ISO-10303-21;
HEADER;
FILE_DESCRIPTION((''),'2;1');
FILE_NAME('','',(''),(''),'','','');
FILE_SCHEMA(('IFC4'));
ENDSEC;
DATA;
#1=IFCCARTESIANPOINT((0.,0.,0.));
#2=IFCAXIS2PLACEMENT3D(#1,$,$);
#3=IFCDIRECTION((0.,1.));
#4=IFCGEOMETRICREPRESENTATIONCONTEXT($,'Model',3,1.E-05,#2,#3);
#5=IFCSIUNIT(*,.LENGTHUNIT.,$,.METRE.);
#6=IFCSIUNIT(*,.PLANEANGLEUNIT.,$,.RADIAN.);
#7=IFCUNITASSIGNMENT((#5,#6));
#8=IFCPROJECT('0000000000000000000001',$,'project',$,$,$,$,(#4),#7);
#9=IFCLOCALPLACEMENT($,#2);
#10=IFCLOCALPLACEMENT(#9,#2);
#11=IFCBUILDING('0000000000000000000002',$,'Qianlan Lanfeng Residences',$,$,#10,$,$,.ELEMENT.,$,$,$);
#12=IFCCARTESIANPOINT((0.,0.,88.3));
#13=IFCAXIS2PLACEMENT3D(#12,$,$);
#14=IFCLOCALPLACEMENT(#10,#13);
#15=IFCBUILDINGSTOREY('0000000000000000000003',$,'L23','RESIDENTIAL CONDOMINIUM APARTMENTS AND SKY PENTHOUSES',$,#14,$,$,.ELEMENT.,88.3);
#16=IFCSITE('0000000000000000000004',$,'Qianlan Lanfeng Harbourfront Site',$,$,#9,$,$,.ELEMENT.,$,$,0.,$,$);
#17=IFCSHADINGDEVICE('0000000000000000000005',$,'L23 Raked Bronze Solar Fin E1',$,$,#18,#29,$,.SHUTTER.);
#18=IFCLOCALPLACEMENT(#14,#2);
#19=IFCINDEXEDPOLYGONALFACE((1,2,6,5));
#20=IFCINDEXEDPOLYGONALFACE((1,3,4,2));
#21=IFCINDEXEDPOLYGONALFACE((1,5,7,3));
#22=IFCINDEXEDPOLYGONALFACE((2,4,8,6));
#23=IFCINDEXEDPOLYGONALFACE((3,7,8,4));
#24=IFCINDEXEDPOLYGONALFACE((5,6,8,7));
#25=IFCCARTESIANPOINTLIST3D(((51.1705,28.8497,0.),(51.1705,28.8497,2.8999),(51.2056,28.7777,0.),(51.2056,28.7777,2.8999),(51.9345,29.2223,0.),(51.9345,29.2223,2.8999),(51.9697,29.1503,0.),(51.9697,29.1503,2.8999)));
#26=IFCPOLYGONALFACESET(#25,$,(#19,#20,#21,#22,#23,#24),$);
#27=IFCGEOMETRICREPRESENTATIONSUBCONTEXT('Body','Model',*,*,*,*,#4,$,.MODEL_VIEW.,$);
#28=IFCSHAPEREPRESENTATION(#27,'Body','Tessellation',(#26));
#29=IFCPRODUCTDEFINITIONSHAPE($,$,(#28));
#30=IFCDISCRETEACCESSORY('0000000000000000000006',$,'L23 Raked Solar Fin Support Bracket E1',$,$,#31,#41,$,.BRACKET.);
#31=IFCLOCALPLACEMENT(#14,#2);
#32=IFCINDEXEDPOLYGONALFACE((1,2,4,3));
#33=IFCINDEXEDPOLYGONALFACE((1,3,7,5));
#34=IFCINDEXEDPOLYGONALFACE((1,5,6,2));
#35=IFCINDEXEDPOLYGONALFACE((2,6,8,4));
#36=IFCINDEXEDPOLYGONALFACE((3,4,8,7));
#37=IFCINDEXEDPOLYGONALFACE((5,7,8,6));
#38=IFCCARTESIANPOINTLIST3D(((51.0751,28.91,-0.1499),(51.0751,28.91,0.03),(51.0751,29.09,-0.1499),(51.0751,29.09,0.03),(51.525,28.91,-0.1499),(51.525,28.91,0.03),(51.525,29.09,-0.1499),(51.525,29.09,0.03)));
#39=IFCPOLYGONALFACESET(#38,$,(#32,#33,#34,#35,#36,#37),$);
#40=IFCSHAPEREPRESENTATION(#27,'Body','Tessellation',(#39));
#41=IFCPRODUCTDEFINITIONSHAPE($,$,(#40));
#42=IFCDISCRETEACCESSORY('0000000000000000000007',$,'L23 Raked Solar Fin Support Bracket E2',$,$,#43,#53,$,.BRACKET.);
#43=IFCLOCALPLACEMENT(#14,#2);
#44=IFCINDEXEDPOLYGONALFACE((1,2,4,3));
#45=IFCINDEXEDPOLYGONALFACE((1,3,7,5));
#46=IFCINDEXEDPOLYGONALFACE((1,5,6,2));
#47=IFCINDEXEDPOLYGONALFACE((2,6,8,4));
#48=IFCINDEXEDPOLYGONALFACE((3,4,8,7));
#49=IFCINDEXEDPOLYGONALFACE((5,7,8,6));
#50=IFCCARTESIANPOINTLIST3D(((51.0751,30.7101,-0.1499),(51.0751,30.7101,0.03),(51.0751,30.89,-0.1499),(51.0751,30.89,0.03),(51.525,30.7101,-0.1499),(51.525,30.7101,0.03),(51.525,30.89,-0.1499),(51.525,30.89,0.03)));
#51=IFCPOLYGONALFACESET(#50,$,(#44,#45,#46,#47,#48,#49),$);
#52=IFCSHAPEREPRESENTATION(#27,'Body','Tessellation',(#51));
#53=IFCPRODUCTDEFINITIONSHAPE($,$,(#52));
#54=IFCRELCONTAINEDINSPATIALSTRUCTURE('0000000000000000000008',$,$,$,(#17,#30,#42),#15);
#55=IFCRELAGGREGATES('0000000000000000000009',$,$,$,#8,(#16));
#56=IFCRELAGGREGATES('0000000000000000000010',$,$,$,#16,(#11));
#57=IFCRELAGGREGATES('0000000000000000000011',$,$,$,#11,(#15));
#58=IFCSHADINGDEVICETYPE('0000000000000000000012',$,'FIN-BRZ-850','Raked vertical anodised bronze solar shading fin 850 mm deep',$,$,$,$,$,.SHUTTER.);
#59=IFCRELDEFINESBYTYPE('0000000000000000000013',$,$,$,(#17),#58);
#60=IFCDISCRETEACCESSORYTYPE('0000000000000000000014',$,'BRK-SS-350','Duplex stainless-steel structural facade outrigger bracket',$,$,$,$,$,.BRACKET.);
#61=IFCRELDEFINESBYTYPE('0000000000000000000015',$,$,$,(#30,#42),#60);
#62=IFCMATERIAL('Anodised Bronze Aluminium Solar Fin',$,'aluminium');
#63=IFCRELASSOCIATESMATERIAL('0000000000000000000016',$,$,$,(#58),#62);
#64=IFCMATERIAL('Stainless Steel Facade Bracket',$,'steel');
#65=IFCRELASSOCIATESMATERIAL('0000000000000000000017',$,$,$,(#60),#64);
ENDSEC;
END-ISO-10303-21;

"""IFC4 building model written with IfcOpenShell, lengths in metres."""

from ifc_helpers import new_model, si_unit, direction, frame, origin, origin_2d, place, context, subcontext, project, spatial, rectangle, extrude, source, transform, mapped, material, type_object, element, save


model = new_model("IFC4")

# Units and contexts
model_context = context("Model", 3, precision=1e-05, world=origin(), true_north=direction((0.0, 1.0)))
body_context = subcontext(model_context, "Body", "Model", "MODEL_VIEW")
ifc_project = project(units=[si_unit("LENGTHUNIT", "METRE"), si_unit("PLANEANGLEUNIT", "RADIAN")], contexts=[model_context])

# Site, building, storey
site_placement = place(None, origin())
site = spatial("IfcSite", under=ifc_project, at=site_placement, Name="Qianlan Lanfeng Harbourfront Site", CompositionType="ELEMENT", RefElevation=0.0)
building_placement = place(site_placement, origin())
building = spatial("IfcBuilding", under=site, at=building_placement, Name="Qianlan Lanfeng Residences", CompositionType="ELEMENT")
storey_placement = place(building_placement, frame((0.0, 0.0, 88.3)))
storey = spatial("IfcBuildingStorey", under=building, at=storey_placement, Name="L23", Description="RESIDENTIAL CONDOMINIUM APARTMENTS AND SKY PENTHOUSES", CompositionType="ELEMENT", Elevation=88.3)

# Shading device
ifc_material_1 = material(Name="Anodised Bronze Aluminium Solar Fin", Category="aluminium")
shading_device_type = type_object("IfcShadingDeviceType", Name="FIN-BRZ-850", Description="Raked vertical anodised bronze solar shading fin 850 mm deep", PredefinedType="SHUTTER", material=ifc_material_1)
shared_shape_1 = source(origin(), body_context, "Body", "SweptSolid", [
    extrude(rectangle(XDim=0.8501, YDim=0.0801, at=origin_2d()), origin(), (0.0, 0.0, 1.0), 2.8999),
])
shading_device_placement = place(storey_placement, frame((51.5701, 29.0, 0.0), z_axis=(0.0, 0.0, 1.0), x_axis=(0.898794, 0.438371, 0.0)))
element("IfcShadingDevice", 1, at=shading_device_placement, inside=storey, type_object=shading_device_type, Name="L23 Raked Bronze Solar Fin E1", PredefinedType="SHUTTER", context=body_context, shape_type="MappedRepresentation", body=[
    mapped(shared_shape_1, transform((0.0, 0.0, 0.0), scale=1.0)),
])

# Discrete accessories
ifc_material_2 = material(Name="Stainless Steel Facade Bracket", Category="steel")
discrete_accessory_type = type_object("IfcDiscreteAccessoryType", Name="BRK-SS-350", Description="Duplex stainless-steel structural facade outrigger bracket", PredefinedType="BRACKET", material=ifc_material_2)
shared_shape_2 = source(origin(), body_context, "Body", "SweptSolid", [
    extrude(rectangle(XDim=0.45, YDim=0.1799, at=origin_2d()), origin(), (0.0, 0.0, 1.0), 0.1799),
])
for number, where, z_axis, x_axis, name in (
    (2, (51.3, 29.0, -0.1499), (0.0, 0.0, 1.0), (1.0, 0.0, 0.0), "L23 Raked Solar Fin Support Bracket E1"),
    (3, (51.3, 30.8, -0.1499), (0.0, 0.0, 1.0), (1.0, 0.0, 0.0), "L23 Raked Solar Fin Support Bracket E2"),
):
    element("IfcDiscreteAccessory", number, at=place(storey_placement, frame(where, z_axis=z_axis, x_axis=x_axis)), inside=storey, type_object=discrete_accessory_type, Name=name, PredefinedType="BRACKET", context=body_context, shape_type="MappedRepresentation", body=[
        mapped(shared_shape_2, transform((0.0, 0.0, 0.0), scale=1.0)),
    ])

save(model, "model.ifc")
